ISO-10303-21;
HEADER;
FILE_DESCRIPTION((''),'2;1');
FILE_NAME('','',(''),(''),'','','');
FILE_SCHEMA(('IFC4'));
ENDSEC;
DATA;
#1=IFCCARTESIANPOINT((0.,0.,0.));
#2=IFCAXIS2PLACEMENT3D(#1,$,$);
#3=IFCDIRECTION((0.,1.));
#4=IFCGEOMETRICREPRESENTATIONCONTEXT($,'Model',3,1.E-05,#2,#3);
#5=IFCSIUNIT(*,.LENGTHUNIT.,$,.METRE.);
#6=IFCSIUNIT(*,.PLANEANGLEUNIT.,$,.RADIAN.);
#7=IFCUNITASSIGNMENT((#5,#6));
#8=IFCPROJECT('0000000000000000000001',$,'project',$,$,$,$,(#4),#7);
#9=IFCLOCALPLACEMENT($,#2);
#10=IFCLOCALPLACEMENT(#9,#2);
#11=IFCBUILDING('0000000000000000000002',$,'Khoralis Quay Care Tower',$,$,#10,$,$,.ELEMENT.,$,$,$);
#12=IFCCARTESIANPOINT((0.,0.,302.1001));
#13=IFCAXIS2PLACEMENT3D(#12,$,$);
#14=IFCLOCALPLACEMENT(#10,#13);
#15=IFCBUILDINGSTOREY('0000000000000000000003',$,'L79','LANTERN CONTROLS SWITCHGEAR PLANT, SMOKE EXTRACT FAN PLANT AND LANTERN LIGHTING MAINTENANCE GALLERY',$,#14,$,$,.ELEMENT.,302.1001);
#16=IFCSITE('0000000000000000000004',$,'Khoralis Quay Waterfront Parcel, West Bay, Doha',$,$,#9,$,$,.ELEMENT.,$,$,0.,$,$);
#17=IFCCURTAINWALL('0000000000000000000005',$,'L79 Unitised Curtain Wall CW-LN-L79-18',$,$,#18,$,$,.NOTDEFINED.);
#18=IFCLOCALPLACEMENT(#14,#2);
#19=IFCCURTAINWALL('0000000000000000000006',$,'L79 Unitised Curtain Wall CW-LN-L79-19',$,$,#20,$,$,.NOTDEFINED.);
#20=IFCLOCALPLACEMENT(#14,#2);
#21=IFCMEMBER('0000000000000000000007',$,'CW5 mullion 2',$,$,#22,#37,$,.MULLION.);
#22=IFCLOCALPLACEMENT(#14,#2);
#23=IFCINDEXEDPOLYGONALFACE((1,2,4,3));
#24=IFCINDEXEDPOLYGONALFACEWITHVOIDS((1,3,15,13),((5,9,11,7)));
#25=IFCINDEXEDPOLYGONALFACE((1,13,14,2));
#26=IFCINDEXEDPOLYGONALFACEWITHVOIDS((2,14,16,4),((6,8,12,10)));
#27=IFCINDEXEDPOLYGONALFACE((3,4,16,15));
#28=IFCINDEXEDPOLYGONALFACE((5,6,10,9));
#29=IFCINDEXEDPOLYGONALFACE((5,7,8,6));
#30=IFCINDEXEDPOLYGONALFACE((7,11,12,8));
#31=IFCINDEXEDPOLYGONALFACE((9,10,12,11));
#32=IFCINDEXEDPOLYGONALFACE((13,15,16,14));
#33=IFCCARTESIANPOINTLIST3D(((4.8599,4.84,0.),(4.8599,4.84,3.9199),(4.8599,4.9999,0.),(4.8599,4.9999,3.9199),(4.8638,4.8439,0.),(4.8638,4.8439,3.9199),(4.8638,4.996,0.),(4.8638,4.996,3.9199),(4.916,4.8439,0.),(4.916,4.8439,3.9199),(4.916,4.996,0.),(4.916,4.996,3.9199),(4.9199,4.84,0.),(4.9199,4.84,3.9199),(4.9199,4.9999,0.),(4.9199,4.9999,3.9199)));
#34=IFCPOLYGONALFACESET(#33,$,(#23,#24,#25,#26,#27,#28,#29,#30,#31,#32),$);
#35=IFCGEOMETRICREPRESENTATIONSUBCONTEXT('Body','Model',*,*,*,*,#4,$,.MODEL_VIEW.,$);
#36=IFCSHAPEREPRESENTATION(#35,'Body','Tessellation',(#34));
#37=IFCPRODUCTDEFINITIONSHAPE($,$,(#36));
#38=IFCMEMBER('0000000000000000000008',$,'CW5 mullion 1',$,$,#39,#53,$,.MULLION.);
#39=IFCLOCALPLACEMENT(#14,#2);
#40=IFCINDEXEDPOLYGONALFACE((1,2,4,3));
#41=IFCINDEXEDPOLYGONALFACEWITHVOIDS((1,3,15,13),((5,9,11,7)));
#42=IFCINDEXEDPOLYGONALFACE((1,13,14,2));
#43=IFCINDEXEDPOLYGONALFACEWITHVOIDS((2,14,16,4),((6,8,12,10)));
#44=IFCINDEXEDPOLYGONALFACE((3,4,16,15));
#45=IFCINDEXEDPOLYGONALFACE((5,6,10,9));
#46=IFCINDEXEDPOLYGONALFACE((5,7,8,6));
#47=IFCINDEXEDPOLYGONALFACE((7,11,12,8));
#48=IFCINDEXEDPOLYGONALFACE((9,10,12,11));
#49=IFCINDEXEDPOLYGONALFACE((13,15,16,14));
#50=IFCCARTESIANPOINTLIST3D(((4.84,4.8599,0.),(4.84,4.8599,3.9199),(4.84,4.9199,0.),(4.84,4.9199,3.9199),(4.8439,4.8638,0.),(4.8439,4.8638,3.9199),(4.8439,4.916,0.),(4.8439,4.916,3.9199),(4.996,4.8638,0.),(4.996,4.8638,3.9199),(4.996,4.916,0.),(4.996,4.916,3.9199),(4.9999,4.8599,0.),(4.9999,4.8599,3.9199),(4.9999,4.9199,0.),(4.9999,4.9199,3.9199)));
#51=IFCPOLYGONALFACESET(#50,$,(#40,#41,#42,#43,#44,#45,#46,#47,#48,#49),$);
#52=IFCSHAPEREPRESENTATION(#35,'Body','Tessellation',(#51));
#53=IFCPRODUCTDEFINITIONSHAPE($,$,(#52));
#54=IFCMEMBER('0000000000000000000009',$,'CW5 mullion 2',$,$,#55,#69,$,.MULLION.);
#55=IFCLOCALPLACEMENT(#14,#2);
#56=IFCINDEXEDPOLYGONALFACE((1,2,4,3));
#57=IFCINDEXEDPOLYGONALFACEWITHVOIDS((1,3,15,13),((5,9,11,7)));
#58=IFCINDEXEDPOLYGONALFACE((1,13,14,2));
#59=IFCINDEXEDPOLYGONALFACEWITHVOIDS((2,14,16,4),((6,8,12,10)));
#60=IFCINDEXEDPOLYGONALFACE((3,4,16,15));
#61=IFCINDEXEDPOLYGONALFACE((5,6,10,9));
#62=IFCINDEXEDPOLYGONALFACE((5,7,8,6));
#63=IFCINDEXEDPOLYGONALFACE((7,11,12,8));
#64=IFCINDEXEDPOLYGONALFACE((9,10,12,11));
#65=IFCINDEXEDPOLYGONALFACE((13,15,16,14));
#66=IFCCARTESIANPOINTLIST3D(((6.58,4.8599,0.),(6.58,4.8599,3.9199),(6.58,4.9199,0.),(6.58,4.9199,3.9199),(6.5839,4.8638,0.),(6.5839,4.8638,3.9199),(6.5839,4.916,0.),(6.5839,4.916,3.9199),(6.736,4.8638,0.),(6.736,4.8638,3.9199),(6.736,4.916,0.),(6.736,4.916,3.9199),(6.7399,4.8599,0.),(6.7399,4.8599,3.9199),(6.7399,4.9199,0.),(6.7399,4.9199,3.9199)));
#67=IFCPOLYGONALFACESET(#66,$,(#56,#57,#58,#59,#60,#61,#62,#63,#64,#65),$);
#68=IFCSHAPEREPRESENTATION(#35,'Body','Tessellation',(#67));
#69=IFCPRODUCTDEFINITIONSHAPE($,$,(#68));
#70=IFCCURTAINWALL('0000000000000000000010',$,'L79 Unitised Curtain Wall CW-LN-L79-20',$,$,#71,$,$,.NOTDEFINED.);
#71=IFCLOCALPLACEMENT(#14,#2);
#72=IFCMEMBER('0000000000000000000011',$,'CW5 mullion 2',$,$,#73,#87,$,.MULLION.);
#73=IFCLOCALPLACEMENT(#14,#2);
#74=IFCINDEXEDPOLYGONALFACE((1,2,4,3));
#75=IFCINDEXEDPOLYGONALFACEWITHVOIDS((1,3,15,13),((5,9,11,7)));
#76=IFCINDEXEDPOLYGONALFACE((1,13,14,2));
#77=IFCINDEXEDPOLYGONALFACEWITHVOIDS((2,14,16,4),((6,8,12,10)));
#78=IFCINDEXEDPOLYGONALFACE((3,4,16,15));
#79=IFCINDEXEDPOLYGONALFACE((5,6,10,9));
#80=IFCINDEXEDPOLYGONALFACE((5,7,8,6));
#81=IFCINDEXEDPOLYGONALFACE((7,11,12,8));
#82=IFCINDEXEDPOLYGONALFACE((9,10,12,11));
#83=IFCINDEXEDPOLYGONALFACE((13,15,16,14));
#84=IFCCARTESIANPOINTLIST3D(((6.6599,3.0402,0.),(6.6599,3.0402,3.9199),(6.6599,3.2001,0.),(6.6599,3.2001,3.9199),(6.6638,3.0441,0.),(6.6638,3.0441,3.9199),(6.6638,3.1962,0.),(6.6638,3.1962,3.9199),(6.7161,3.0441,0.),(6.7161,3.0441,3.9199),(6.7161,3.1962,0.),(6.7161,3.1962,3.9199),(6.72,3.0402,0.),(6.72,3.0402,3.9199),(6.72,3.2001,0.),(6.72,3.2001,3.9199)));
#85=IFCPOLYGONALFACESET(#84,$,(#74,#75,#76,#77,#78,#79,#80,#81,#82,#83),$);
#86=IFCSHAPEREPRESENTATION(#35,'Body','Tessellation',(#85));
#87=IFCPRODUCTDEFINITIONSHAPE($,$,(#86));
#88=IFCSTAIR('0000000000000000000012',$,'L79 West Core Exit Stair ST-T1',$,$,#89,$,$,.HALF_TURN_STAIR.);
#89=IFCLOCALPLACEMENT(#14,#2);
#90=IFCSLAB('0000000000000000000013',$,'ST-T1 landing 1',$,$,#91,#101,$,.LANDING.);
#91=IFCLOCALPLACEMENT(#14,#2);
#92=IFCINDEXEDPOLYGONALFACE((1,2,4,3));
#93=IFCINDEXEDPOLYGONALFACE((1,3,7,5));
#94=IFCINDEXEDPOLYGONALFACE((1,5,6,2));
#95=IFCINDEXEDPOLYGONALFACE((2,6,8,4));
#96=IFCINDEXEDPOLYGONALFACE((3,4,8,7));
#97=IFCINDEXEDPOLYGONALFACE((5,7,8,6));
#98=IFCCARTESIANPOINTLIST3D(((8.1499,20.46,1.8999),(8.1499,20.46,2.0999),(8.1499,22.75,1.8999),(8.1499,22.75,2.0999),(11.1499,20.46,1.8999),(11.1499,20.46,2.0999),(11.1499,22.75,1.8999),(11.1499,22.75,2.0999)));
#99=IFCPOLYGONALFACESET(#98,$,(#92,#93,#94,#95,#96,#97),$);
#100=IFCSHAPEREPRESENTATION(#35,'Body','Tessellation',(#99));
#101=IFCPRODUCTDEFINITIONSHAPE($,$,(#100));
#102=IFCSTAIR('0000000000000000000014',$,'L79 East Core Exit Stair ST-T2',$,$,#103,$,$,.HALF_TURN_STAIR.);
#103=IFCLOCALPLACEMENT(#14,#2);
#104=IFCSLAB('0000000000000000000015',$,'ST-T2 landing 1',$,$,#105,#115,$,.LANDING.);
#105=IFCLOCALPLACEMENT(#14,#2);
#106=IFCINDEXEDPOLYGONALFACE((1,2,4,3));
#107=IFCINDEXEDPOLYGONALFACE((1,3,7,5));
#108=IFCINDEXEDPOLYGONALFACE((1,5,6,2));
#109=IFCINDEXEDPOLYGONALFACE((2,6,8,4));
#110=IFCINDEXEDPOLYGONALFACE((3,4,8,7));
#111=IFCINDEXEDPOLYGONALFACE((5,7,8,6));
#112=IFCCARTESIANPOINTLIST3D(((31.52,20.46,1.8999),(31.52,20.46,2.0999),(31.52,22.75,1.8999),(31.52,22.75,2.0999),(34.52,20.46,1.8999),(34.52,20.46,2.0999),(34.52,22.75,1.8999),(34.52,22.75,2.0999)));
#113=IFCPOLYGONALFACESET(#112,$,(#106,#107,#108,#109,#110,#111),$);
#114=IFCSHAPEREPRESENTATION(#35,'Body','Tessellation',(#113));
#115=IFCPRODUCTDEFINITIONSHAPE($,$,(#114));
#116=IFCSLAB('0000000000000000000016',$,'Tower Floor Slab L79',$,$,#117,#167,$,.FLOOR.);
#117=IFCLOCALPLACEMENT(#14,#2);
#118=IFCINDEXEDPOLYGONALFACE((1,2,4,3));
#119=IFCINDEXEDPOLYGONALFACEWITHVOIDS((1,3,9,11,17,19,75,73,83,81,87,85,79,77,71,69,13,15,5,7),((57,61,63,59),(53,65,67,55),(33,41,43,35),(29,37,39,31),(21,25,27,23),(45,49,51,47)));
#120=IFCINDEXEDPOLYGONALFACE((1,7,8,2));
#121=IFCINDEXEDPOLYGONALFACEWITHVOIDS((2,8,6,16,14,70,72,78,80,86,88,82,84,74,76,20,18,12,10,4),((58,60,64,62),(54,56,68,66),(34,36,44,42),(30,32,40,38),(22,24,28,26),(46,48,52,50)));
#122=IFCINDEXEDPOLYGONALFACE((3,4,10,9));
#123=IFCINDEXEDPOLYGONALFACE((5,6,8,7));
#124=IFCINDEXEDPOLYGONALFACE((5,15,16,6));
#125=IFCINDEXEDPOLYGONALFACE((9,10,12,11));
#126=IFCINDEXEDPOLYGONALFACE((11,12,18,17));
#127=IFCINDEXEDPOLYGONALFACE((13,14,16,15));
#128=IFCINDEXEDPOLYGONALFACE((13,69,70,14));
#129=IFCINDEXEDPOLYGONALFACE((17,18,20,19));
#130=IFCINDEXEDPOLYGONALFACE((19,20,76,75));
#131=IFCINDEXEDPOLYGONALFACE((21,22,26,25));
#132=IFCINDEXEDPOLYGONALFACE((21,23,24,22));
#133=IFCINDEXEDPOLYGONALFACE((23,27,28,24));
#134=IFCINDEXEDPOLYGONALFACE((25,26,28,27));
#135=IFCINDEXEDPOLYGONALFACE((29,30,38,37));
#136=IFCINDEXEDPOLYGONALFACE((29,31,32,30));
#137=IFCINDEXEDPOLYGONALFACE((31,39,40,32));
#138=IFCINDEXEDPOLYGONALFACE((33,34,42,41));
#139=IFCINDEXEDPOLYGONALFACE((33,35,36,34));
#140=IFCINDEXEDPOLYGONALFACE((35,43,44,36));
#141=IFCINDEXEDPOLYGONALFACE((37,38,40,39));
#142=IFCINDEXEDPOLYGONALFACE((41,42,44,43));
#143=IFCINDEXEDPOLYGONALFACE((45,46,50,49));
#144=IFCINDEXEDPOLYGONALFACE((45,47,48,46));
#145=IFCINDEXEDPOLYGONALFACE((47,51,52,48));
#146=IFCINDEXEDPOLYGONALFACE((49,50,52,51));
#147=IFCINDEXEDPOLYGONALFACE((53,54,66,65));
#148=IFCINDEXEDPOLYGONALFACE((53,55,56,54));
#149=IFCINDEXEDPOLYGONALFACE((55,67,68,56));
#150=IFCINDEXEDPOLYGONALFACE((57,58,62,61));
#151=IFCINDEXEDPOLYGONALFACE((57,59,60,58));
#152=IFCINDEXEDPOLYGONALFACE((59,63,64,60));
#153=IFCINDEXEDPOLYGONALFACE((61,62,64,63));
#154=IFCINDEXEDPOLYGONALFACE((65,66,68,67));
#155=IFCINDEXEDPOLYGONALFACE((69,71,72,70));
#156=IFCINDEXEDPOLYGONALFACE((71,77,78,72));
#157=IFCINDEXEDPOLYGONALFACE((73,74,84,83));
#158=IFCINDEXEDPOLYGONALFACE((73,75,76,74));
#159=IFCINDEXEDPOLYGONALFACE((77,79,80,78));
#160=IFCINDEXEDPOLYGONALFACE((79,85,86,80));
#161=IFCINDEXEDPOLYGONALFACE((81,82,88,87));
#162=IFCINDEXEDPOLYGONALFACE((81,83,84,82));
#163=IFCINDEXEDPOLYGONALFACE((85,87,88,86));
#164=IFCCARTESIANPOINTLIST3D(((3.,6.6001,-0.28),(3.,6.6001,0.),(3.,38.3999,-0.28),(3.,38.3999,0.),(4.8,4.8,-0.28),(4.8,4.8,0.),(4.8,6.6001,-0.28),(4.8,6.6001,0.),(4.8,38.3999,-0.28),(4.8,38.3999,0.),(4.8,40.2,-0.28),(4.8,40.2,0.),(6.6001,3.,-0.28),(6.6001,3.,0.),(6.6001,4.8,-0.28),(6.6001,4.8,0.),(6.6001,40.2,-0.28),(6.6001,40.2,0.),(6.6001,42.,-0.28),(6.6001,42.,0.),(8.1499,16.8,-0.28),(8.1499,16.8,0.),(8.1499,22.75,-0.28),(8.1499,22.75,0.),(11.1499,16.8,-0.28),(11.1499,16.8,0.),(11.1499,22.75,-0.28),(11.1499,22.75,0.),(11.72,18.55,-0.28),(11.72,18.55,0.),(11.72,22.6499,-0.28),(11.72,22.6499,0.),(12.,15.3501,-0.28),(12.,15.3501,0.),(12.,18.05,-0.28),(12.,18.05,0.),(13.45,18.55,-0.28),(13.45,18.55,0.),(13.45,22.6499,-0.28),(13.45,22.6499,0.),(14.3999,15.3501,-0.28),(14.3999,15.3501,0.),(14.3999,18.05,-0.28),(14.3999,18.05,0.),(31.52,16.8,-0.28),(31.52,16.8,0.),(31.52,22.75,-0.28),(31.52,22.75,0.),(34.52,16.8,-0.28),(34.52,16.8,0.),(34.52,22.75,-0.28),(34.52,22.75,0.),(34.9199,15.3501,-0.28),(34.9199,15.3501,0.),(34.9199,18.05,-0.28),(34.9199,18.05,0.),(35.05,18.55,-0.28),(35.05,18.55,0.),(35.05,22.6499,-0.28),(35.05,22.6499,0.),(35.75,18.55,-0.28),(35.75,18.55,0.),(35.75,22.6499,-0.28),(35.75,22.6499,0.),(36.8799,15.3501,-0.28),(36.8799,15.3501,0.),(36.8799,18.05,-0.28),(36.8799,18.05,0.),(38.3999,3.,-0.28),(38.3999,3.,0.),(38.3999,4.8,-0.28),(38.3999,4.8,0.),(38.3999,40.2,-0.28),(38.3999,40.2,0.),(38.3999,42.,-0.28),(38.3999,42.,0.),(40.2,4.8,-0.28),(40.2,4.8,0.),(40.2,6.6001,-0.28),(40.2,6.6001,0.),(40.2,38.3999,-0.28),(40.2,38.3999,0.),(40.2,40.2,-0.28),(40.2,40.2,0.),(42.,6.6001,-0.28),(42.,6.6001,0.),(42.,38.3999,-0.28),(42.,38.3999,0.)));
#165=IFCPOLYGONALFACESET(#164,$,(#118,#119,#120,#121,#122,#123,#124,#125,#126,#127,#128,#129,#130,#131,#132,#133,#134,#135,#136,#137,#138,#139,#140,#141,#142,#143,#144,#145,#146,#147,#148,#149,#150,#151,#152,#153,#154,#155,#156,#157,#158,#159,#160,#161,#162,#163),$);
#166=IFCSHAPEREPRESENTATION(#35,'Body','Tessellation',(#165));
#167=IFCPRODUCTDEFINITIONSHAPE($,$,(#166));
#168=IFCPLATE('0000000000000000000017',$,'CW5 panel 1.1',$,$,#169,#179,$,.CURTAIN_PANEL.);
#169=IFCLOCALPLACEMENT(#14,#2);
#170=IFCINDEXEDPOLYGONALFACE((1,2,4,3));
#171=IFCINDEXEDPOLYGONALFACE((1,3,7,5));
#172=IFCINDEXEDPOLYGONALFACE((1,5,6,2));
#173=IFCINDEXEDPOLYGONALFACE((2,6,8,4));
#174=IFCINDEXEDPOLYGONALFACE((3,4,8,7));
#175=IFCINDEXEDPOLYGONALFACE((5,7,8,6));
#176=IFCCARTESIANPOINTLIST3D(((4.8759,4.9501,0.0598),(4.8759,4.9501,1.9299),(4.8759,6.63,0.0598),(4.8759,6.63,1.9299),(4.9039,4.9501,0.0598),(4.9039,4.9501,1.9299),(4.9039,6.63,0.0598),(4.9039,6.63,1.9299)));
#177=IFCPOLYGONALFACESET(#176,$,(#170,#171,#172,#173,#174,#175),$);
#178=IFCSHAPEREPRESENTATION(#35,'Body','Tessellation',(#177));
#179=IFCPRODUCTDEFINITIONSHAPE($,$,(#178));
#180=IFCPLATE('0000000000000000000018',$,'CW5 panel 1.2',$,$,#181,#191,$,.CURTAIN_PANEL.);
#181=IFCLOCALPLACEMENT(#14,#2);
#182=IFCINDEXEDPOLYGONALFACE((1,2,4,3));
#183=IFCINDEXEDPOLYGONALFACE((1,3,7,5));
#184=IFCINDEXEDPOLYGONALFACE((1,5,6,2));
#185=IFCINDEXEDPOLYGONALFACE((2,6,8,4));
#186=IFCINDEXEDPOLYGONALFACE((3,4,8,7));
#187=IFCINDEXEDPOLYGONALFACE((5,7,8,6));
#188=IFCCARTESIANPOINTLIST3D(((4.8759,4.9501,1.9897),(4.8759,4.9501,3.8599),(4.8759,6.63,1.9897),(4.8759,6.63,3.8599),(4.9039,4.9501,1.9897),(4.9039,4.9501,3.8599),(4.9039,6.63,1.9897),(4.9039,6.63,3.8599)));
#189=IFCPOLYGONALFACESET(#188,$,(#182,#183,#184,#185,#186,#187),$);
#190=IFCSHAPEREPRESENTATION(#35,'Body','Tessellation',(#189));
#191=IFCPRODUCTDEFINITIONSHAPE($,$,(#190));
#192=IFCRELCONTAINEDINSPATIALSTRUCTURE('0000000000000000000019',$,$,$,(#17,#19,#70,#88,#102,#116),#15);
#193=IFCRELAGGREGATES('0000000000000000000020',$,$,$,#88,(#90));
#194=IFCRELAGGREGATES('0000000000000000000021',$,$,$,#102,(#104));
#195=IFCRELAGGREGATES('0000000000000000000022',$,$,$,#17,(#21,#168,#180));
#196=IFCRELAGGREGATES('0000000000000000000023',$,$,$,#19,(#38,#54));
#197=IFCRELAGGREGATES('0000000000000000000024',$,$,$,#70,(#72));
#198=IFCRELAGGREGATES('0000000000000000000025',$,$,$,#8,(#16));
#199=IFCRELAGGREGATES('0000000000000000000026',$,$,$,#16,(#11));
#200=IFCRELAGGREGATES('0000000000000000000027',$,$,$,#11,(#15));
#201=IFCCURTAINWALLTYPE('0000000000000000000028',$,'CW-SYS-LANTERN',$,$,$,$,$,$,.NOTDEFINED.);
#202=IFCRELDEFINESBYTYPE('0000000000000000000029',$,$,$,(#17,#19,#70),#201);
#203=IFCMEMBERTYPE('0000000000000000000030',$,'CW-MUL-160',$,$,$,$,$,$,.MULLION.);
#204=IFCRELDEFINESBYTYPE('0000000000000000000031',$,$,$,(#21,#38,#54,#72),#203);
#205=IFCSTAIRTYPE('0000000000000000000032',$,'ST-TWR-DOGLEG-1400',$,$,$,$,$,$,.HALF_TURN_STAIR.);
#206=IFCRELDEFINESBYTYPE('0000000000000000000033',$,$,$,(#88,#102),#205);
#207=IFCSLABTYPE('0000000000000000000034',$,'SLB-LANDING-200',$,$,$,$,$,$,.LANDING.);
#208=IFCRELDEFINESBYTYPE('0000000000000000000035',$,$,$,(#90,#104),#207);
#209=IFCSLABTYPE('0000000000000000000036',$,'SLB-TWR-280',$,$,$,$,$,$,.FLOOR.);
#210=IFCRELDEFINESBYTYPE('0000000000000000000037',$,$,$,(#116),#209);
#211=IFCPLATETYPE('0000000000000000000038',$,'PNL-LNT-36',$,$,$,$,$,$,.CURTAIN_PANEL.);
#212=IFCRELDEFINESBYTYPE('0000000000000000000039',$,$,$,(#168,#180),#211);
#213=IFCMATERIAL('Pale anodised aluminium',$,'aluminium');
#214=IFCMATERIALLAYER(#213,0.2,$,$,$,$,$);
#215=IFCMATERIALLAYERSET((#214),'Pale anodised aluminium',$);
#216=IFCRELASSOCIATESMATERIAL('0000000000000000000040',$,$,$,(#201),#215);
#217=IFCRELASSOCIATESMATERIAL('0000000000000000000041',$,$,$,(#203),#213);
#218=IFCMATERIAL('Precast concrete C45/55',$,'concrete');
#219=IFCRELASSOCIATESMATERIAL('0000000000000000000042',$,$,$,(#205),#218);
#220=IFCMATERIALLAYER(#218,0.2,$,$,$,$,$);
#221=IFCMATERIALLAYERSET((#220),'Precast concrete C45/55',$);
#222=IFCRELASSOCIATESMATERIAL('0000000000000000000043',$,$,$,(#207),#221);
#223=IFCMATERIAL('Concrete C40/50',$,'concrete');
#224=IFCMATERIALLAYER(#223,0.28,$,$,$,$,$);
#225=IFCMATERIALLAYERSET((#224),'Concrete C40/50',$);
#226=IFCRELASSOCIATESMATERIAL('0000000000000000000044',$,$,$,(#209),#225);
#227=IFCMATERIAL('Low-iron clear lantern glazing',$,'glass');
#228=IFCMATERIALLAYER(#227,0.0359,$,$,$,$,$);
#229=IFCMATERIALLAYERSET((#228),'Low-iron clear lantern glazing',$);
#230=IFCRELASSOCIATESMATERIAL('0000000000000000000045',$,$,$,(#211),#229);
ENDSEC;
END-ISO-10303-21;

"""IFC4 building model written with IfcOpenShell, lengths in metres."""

from ifc_helpers import new_model, si_unit, direction, frame, origin, origin_2d, place, context, subcontext, project, spatial, polyline, rectangle, hollow_rectangle, outline, extrude, source, transform, mapped, material, layer, layer_set, material_profile, profile_set, type_object, element, aggregate, save


model = new_model("IFC4")

# Units and contexts
model_context = context("Model", 3, precision=1e-05, world=origin(), true_north=direction((0.0, 1.0)))
body_context = subcontext(model_context, "Body", "Model", "MODEL_VIEW")
ifc_project = project(units=[si_unit("LENGTHUNIT", "METRE"), si_unit("PLANEANGLEUNIT", "RADIAN")], contexts=[model_context])

# Site, building, storey
site_placement = place(None, origin())
site = spatial("IfcSite", under=ifc_project, at=site_placement, Name="Khoralis Quay Waterfront Parcel, West Bay, Doha", CompositionType="ELEMENT", RefElevation=0.0)
building_placement = place(site_placement, origin())
building = spatial("IfcBuilding", under=site, at=building_placement, Name="Khoralis Quay Care Tower", CompositionType="ELEMENT")
storey_placement = place(building_placement, frame((0.0, 0.0, 302.1001)))
storey = spatial("IfcBuildingStorey", under=building, at=storey_placement, Name="L79", Description="LANTERN CONTROLS SWITCHGEAR PLANT, SMOKE EXTRACT FAN PLANT AND LANTERN LIGHTING MAINTENANCE GALLERY", CompositionType="ELEMENT", Elevation=302.1001)

# Curtain walls
ifc_material_1 = material(Name="Pale anodised aluminium", Category="aluminium")
ifc_layer_1 = layer(ifc_material_1, 0.2)
ifc_layer_set_1 = layer_set([ifc_layer_1], Name="Pale anodised aluminium")
curtain_wall_type = type_object("IfcCurtainWallType", Name="CW-SYS-LANTERN", PredefinedType="NOTDEFINED", material=ifc_layer_set_1)
curtain_wall_1_placement = place(storey_placement, origin())
curtain_wall_1 = element("IfcCurtainWall", 1, at=curtain_wall_1_placement, inside=storey, type_object=curtain_wall_type, Name="L79 Unitised Curtain Wall CW-LN-L79-18", PredefinedType="NOTDEFINED")
curtain_wall_2_placement = place(storey_placement, origin())
curtain_wall_2 = element("IfcCurtainWall", 2, at=curtain_wall_2_placement, inside=storey, type_object=curtain_wall_type, Name="L79 Unitised Curtain Wall CW-LN-L79-19", PredefinedType="NOTDEFINED")

# Members
ifc_material_profile_1 = material_profile(ifc_material_1, hollow_rectangle(XDim=0.0601, YDim=0.1599, WallThickness=0.0039, at=origin_2d()), Name="Pale anodised aluminium")
ifc_profile_set_1 = profile_set([ifc_material_profile_1], Name="Pale anodised aluminium")
member_type_1 = type_object("IfcMemberType", Name="CW-MUL-160", PredefinedType="MULLION", material=ifc_profile_set_1)
shared_shape_1 = source(origin(), body_context, "Body", "SweptSolid", [
    extrude(hollow_rectangle(XDim=0.0601, YDim=0.1599, WallThickness=0.0039, at=origin_2d()), origin(), (0.0, 0.0, 1.0), 3.9199),
])
member_1_placement = place(storey_placement, frame((4.8899, 4.9199, 0.0), z_axis=(0.0, 0.0, 1.0), x_axis=(1.0, 0.0, 0.0)))
member_1 = element("IfcMember", 3, at=member_1_placement, type_object=member_type_1, Name="CW5 mullion 2", PredefinedType="MULLION", context=body_context, shape_type="MappedRepresentation", body=[
    mapped(shared_shape_1, transform((0.0, 0.0, 0.0), scale=1.0)),
])
member_2_placement = place(storey_placement, frame((4.9199, 4.8899, 0.0), z_axis=(0.0, 0.0, 1.0), x_axis=(0.0, 1.0, 0.0)))
member_2 = element("IfcMember", 4, at=member_2_placement, type_object=member_type_1, Name="CW5 mullion 1", PredefinedType="MULLION", context=body_context, shape_type="MappedRepresentation", body=[
    mapped(shared_shape_1, transform((0.0, 0.0, 0.0), scale=1.0)),
])
member_3_placement = place(storey_placement, frame((6.6599, 4.8899, 0.0), z_axis=(0.0, 0.0, 1.0), x_axis=(0.0, 1.0, 0.0)))
member_3 = element("IfcMember", 5, at=member_3_placement, type_object=member_type_1, Name="CW5 mullion 2", PredefinedType="MULLION", context=body_context, shape_type="MappedRepresentation", body=[
    mapped(shared_shape_1, transform((0.0, 0.0, 0.0), scale=1.0)),
])

# Curtain wall, member
curtain_wall_3_placement = place(storey_placement, origin())
curtain_wall_3 = element("IfcCurtainWall", 6, at=curtain_wall_3_placement, inside=storey, type_object=curtain_wall_type, Name="L79 Unitised Curtain Wall CW-LN-L79-20", PredefinedType="NOTDEFINED")
member_4_placement = place(storey_placement, frame((6.6899, 3.1201, 0.0), z_axis=(0.0, 0.0, 1.0), x_axis=(1.0, 0.0, 0.0)))
member_4 = element("IfcMember", 7, at=member_4_placement, type_object=member_type_1, Name="CW5 mullion 2", PredefinedType="MULLION", context=body_context, shape_type="MappedRepresentation", body=[
    mapped(shared_shape_1, transform((0.0, 0.0, 0.0), scale=1.0)),
])

# Stairs, slabs
ifc_material_2 = material(Name="Precast concrete C45/55", Category="concrete")
stair_type = type_object("IfcStairType", Name="ST-TWR-DOGLEG-1400", PredefinedType="HALF_TURN_STAIR", material=ifc_material_2)
stair_1_placement = place(storey_placement, origin())
stair_1 = element("IfcStair", 8, at=stair_1_placement, inside=storey, type_object=stair_type, Name="L79 West Core Exit Stair ST-T1", PredefinedType="HALF_TURN_STAIR")
ifc_layer_2 = layer(ifc_material_2, 0.2)
ifc_layer_set_2 = layer_set([ifc_layer_2], Name="Precast concrete C45/55")
slab_type_1 = type_object("IfcSlabType", Name="SLB-LANDING-200", PredefinedType="LANDING", material=ifc_layer_set_2)
slab_1_placement = place(storey_placement, frame((0.0, 0.0, 1.8999)))
slab_1 = element("IfcSlab", 9, at=slab_1_placement, type_object=slab_type_1, Name="ST-T1 landing 1", PredefinedType="LANDING", context=body_context, shape_type="SweptSolid", body=[
    extrude(outline(polyline([(11.1499, 20.46), (11.1499, 22.75), (8.1499, 22.75), (8.1499, 20.46), (11.1499, 20.46)])), origin(), (0.0, 0.0, 1.0), 0.2),
])
aggregate(stair_1, [slab_1])
stair_2_placement = place(storey_placement, origin())
stair_2 = element("IfcStair", 10, at=stair_2_placement, inside=storey, type_object=stair_type, Name="L79 East Core Exit Stair ST-T2", PredefinedType="HALF_TURN_STAIR")
slab_2_placement = place(storey_placement, frame((0.0, 0.0, 1.8999)))
slab_2 = element("IfcSlab", 11, at=slab_2_placement, type_object=slab_type_1, Name="ST-T2 landing 1", PredefinedType="LANDING", context=body_context, shape_type="SweptSolid", body=[
    extrude(outline(polyline([(34.52, 20.46), (34.52, 22.75), (31.52, 22.75), (31.52, 20.46), (34.52, 20.46)])), origin(), (0.0, 0.0, 1.0), 0.2),
])
aggregate(stair_2, [slab_2])

# Slab
ifc_material_3 = material(Name="Concrete C40/50", Category="concrete")
ifc_layer_3 = layer(ifc_material_3, 0.28)
ifc_layer_set_3 = layer_set([ifc_layer_3], Name="Concrete C40/50")
slab_type_2 = type_object("IfcSlabType", Name="SLB-TWR-280", PredefinedType="FLOOR", material=ifc_layer_set_3)
slab_3_placement = place(storey_placement, frame((0.0, 0.0, -0.28)))
element("IfcSlab", 12, at=slab_3_placement, inside=storey, type_object=slab_type_2, Name="Tower Floor Slab L79", PredefinedType="FLOOR", context=body_context, shape_type="SweptSolid", body=[
    extrude(outline(polyline([(6.6001, 3.0), (38.3999, 3.0), (38.3999, 4.8), (40.2, 4.8), (40.2, 6.6001), (42.0, 6.6001), (42.0, 38.3999), (40.2, 38.3999), (40.2, 40.2), (38.3999, 40.2), (38.3999, 42.0), (6.6001, 42.0), (6.6001, 40.2), (4.8, 40.2), (4.8, 38.3999), (3.0, 38.3999), (3.0, 6.6001), (4.8, 6.6001), (4.8, 4.8), (6.6001, 4.8), (6.6001, 3.0)]), holes=[polyline([(11.1499, 16.8), (11.1499, 22.75), (8.1499, 22.75), (8.1499, 16.8), (11.1499, 16.8)]), polyline([(34.52, 16.8), (34.52, 22.75), (31.52, 22.75), (31.52, 16.8), (34.52, 16.8)]), polyline([(12.0, 15.3501), (14.3999, 15.3501), (14.3999, 18.05), (12.0, 18.05), (12.0, 15.3501)]), polyline([(34.9199, 15.3501), (36.8799, 15.3501), (36.8799, 18.05), (34.9199, 18.05), (34.9199, 15.3501)]), polyline([(11.72, 18.55), (13.45, 18.55), (13.45, 22.6499), (11.72, 22.6499), (11.72, 18.55)]), polyline([(35.05, 18.55), (35.75, 18.55), (35.75, 22.6499), (35.05, 22.6499), (35.05, 18.55)])]), origin(), (0.0, 0.0, 1.0), 0.28),
])

# Plates
ifc_material_4 = material(Name="Low-iron clear lantern glazing", Category="glass")
ifc_layer_4 = layer(ifc_material_4, 0.0359)
ifc_layer_set_4 = layer_set([ifc_layer_4], Name="Low-iron clear lantern glazing")
plate_type = type_object("IfcPlateType", Name="PNL-LNT-36", PredefinedType="CURTAIN_PANEL", material=ifc_layer_set_4)
shared_shape_2 = source(origin(), body_context, "Body", "SweptSolid", [
    extrude(rectangle(XDim=1.6799, YDim=0.0281, at=origin_2d()), origin(), (0.0, 0.0, 1.0), 1.8701),
])
plate_1_placement = place(storey_placement, frame((4.8899, 5.79, 0.0598), z_axis=(0.0, 0.0, 1.0), x_axis=(0.0, -1.0, 0.0)))
plate_1 = element("IfcPlate", 13, at=plate_1_placement, type_object=plate_type, Name="CW5 panel 1.1", PredefinedType="CURTAIN_PANEL", context=body_context, shape_type="MappedRepresentation", body=[
    mapped(shared_shape_2, transform((0.0, 0.0, 0.0), scale=1.0)),
])
plate_2_placement = place(storey_placement, frame((4.8899, 5.79, 1.9897), z_axis=(0.0, 0.0, 1.0), x_axis=(0.0, -1.0, 0.0)))
plate_2 = element("IfcPlate", 14, at=plate_2_placement, type_object=plate_type, Name="CW5 panel 1.2", PredefinedType="CURTAIN_PANEL", context=body_context, shape_type="MappedRepresentation", body=[
    mapped(shared_shape_2, transform((0.0, 0.0, 0.0), scale=1.0)),
])
aggregate(curtain_wall_1, [member_1, plate_1, plate_2])
aggregate(curtain_wall_2, [member_2, member_3])
aggregate(curtain_wall_3, [member_4])

save(model, "model.ifc")
